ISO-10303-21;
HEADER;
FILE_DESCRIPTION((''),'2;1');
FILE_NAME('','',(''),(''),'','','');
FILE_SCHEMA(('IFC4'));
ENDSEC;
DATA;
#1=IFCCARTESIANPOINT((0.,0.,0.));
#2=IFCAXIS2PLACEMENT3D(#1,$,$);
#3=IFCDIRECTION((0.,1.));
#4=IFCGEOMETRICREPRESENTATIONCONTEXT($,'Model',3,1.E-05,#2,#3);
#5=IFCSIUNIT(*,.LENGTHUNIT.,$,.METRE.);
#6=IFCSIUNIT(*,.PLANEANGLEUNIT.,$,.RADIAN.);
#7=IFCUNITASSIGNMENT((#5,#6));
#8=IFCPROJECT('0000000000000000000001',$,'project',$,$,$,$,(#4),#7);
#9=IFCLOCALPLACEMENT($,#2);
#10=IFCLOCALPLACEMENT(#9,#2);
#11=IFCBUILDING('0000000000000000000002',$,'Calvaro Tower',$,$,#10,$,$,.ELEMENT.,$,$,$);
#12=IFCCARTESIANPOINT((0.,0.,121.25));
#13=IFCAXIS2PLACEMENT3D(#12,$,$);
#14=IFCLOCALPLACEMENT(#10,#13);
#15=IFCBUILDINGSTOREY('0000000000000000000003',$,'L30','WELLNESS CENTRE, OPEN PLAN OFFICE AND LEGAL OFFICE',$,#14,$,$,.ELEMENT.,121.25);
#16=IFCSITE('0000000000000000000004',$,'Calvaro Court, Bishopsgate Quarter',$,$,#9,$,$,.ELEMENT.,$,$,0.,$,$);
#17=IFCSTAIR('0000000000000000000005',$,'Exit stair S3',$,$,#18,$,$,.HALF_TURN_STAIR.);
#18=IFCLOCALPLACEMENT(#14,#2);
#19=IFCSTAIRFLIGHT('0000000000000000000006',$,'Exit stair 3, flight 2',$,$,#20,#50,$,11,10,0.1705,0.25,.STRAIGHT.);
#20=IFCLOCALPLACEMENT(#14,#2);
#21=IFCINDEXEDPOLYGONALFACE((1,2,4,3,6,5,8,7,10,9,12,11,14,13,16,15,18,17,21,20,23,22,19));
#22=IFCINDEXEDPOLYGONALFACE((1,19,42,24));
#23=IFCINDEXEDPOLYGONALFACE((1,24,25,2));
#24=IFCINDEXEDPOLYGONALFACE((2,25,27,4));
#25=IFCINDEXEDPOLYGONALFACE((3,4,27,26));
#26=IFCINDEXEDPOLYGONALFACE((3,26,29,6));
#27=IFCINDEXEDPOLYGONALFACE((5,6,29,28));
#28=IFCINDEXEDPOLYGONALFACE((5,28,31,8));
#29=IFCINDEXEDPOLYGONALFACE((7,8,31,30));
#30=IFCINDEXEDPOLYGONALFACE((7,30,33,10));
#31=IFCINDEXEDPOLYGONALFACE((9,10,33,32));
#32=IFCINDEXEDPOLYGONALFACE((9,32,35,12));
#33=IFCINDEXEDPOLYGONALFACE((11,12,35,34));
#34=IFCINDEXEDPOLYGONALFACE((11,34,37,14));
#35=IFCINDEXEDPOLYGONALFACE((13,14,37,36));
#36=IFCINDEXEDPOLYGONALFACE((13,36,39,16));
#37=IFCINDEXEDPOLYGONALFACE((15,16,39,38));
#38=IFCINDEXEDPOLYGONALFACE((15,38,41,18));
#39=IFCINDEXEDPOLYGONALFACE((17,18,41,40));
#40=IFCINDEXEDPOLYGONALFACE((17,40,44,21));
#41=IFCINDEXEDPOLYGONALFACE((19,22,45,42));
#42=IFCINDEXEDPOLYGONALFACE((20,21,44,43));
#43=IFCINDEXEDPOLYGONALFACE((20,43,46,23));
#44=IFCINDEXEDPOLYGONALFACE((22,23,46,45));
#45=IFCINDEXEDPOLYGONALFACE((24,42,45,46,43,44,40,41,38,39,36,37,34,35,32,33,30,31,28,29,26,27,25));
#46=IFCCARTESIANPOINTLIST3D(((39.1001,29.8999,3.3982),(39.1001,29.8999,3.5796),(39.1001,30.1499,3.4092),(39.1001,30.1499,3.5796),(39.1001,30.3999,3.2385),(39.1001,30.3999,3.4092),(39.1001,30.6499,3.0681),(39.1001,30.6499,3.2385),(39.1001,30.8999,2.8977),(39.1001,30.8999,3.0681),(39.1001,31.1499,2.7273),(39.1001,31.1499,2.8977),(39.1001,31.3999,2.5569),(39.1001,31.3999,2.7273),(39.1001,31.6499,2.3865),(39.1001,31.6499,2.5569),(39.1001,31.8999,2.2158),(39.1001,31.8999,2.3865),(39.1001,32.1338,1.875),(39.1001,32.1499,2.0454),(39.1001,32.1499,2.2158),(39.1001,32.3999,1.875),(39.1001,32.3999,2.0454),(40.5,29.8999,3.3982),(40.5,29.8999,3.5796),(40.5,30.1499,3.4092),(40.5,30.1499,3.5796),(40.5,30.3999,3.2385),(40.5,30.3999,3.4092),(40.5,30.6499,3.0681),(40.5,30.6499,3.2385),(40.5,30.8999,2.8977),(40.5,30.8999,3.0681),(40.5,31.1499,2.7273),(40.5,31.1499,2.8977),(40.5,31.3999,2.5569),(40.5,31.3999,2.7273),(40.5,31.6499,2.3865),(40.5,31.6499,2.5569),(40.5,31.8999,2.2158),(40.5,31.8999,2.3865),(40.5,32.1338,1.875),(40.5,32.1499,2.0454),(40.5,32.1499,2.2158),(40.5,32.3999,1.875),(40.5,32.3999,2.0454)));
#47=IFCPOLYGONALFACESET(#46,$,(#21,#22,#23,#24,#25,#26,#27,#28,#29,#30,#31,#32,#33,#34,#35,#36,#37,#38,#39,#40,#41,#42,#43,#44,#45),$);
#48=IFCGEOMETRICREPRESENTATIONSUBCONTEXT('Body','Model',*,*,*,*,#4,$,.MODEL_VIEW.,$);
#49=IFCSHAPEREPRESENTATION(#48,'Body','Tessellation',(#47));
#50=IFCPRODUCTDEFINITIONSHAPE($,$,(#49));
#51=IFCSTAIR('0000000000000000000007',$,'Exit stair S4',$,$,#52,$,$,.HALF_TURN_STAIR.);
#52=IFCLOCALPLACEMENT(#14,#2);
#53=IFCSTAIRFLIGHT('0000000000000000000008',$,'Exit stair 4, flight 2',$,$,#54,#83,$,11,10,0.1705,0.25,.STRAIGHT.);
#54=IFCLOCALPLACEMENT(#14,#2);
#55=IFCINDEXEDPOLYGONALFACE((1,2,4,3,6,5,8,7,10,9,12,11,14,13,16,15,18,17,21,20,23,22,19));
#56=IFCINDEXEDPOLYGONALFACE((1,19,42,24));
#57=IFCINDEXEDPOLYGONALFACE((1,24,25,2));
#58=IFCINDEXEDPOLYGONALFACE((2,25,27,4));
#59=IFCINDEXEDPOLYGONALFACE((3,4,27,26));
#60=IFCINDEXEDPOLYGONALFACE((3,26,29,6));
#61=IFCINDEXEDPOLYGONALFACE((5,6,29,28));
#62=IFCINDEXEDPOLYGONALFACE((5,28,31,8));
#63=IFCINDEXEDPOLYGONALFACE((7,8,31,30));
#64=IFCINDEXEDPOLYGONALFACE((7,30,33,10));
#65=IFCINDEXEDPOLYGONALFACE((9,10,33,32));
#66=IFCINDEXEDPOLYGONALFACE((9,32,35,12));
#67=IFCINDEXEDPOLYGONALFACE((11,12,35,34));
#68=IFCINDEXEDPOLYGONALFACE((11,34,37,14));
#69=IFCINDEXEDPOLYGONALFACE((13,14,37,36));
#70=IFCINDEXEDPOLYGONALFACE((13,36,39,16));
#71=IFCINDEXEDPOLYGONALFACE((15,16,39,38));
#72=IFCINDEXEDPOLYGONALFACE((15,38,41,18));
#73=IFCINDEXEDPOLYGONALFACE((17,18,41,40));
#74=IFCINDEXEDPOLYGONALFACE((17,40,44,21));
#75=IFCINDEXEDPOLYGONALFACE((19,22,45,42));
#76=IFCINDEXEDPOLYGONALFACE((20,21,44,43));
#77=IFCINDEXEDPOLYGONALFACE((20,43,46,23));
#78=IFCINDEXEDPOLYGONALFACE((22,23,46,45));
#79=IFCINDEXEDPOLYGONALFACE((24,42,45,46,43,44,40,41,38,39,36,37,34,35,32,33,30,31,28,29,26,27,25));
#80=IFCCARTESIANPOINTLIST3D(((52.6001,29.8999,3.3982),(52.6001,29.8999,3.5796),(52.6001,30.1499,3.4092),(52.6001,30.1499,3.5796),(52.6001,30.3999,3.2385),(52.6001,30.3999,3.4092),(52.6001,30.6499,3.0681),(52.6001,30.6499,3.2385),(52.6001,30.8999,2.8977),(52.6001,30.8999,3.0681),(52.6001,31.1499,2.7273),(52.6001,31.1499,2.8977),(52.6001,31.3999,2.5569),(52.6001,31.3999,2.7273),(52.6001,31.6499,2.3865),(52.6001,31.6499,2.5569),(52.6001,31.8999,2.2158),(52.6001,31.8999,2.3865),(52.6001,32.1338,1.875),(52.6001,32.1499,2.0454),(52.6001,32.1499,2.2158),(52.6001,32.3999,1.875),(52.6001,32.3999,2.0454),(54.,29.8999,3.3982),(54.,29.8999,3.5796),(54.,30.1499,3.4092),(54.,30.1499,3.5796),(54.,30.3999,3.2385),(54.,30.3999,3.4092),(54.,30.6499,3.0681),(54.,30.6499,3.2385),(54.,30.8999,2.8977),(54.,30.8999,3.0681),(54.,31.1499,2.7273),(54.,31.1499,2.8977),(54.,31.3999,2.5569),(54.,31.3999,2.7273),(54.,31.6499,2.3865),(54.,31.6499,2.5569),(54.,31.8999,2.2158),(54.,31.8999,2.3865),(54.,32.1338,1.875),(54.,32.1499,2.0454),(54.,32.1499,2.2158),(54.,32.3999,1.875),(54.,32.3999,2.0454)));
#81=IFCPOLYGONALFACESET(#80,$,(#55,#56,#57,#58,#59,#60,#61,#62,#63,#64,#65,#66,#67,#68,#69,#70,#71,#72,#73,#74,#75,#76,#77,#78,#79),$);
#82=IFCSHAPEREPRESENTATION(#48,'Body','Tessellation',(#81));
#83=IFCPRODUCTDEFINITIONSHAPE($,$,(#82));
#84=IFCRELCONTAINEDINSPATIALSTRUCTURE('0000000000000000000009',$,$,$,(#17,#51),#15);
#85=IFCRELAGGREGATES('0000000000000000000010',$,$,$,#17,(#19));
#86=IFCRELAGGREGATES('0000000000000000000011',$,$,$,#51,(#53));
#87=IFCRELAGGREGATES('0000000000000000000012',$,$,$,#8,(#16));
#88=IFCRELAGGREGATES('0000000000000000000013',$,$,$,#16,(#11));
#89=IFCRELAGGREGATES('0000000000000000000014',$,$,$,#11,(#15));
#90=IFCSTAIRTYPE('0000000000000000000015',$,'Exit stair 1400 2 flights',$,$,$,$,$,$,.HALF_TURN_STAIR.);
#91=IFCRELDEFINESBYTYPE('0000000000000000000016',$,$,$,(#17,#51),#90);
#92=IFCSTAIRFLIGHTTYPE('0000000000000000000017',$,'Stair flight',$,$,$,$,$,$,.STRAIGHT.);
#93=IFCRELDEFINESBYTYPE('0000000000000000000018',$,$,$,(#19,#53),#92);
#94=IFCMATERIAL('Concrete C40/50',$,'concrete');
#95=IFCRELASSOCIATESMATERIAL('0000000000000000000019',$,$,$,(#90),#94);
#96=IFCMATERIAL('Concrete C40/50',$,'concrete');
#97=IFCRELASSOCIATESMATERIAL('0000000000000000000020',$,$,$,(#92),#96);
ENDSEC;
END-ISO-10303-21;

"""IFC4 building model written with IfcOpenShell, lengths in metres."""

from ifc_helpers import new_model, si_unit, direction, frame, origin, place, context, subcontext, project, spatial, polyline, outline, extrude, material, type_object, element, aggregate, save


model = new_model("IFC4")

# Units and contexts
model_context = context("Model", 3, precision=1e-05, world=origin(), true_north=direction((0.0, 1.0)))
body_context = subcontext(model_context, "Body", "Model", "MODEL_VIEW")
ifc_project = project(units=[si_unit("LENGTHUNIT", "METRE"), si_unit("PLANEANGLEUNIT", "RADIAN")], contexts=[model_context])

# Site, building, storey
site_placement = place(None, origin())
site = spatial("IfcSite", under=ifc_project, at=site_placement, Name="Calvaro Court, Bishopsgate Quarter", CompositionType="ELEMENT", RefElevation=0.0)
building_placement = place(site_placement, origin())
building = spatial("IfcBuilding", under=site, at=building_placement, Name="Calvaro Tower", CompositionType="ELEMENT")
storey_placement = place(building_placement, frame((0.0, 0.0, 121.25)))
storey = spatial("IfcBuildingStorey", under=building, at=storey_placement, Name="L30", Description="WELLNESS CENTRE, OPEN PLAN OFFICE AND LEGAL OFFICE", CompositionType="ELEMENT", Elevation=121.25)

# Stairs, stair flights
ifc_material_1 = material(Name="Concrete C40/50", Category="concrete")
stair_type = type_object("IfcStairType", Name="Exit stair 1400 2 flights", PredefinedType="HALF_TURN_STAIR", material=ifc_material_1)
stair_1_placement = place(storey_placement, origin())
stair_1 = element("IfcStair", 1, at=stair_1_placement, inside=storey, type_object=stair_type, Name="Exit stair S3", PredefinedType="HALF_TURN_STAIR")
ifc_material_2 = material(Name="Concrete C40/50", Category="concrete")
stair_flight_type = type_object("IfcStairFlightType", Name="Stair flight", PredefinedType="STRAIGHT", material=ifc_material_2)
stair_flight_1_placement = place(storey_placement, frame((39.8, 32.3999, 1.875), z_axis=(0.0, 0.0, 1.0), x_axis=(0.0, -1.0, 0.0)))
stair_flight_1 = element("IfcStairFlight", 2, at=stair_flight_1_placement, type_object=stair_flight_type, Name="Exit stair 3, flight 2", NumberOfRisers=11, NumberOfTreads=10, PredefinedType="STRAIGHT", RiserHeight=0.1705, TreadLength=0.25, context=body_context, shape_type="SweptSolid", body=[
    extrude(outline(polyline([(0.0, 0.0), (0.0, 0.1704), (0.25, 0.1704), (0.25, 0.3408), (0.5, 0.3408), (0.5, 0.5115), (0.75, 0.5115), (0.75, 0.6819), (1.0, 0.6819), (1.0, 0.8523), (1.25, 0.8523), (1.25, 1.0227), (1.5, 1.0227), (1.5, 1.1931), (1.75, 1.1931), (1.75, 1.3635), (2.0, 1.3635), (2.0, 1.5342), (2.25, 1.5342), (2.25, 1.7046), (2.5, 1.7046), (2.5, 1.875), (2.5, 1.5232), (0.2661, 0.0), (0.0, 0.0)])), frame((0.0, 0.7, 0.0), z_axis=(0.0, -1.0, 0.0), x_axis=(1.0, 0.0, 0.0)), (0.0, 0.0, 1.0), 1.3999),
])
stair_2_placement = place(storey_placement, origin())
stair_2 = element("IfcStair", 3, at=stair_2_placement, inside=storey, type_object=stair_type, Name="Exit stair S4", PredefinedType="HALF_TURN_STAIR")
stair_flight_2_placement = place(storey_placement, frame((53.3, 32.3999, 1.875), z_axis=(0.0, 0.0, 1.0), x_axis=(0.0, -1.0, 0.0)))
stair_flight_2 = element("IfcStairFlight", 4, at=stair_flight_2_placement, type_object=stair_flight_type, Name="Exit stair 4, flight 2", NumberOfRisers=11, NumberOfTreads=10, PredefinedType="STRAIGHT", RiserHeight=0.1705, TreadLength=0.25, context=body_context, shape_type="SweptSolid", body=[
    extrude(outline(polyline([(0.0, 0.0), (0.0, 0.1704), (0.25, 0.1704), (0.25, 0.3408), (0.5, 0.3408), (0.5, 0.5115), (0.75, 0.5115), (0.75, 0.6819), (1.0, 0.6819), (1.0, 0.8523), (1.25, 0.8523), (1.25, 1.0227), (1.5, 1.0227), (1.5, 1.1931), (1.75, 1.1931), (1.75, 1.3635), (2.0, 1.3635), (2.0, 1.5342), (2.25, 1.5342), (2.25, 1.7046), (2.5, 1.7046), (2.5, 1.875), (2.5, 1.5232), (0.2661, 0.0), (0.0, 0.0)])), frame((0.0, 0.7, 0.0), z_axis=(0.0, -1.0, 0.0), x_axis=(1.0, 0.0, 0.0)), (0.0, 0.0, 1.0), 1.3999),
])

aggregate(stair_1, [stair_flight_1])
aggregate(stair_2, [stair_flight_2])

save(model, "model.ifc")
